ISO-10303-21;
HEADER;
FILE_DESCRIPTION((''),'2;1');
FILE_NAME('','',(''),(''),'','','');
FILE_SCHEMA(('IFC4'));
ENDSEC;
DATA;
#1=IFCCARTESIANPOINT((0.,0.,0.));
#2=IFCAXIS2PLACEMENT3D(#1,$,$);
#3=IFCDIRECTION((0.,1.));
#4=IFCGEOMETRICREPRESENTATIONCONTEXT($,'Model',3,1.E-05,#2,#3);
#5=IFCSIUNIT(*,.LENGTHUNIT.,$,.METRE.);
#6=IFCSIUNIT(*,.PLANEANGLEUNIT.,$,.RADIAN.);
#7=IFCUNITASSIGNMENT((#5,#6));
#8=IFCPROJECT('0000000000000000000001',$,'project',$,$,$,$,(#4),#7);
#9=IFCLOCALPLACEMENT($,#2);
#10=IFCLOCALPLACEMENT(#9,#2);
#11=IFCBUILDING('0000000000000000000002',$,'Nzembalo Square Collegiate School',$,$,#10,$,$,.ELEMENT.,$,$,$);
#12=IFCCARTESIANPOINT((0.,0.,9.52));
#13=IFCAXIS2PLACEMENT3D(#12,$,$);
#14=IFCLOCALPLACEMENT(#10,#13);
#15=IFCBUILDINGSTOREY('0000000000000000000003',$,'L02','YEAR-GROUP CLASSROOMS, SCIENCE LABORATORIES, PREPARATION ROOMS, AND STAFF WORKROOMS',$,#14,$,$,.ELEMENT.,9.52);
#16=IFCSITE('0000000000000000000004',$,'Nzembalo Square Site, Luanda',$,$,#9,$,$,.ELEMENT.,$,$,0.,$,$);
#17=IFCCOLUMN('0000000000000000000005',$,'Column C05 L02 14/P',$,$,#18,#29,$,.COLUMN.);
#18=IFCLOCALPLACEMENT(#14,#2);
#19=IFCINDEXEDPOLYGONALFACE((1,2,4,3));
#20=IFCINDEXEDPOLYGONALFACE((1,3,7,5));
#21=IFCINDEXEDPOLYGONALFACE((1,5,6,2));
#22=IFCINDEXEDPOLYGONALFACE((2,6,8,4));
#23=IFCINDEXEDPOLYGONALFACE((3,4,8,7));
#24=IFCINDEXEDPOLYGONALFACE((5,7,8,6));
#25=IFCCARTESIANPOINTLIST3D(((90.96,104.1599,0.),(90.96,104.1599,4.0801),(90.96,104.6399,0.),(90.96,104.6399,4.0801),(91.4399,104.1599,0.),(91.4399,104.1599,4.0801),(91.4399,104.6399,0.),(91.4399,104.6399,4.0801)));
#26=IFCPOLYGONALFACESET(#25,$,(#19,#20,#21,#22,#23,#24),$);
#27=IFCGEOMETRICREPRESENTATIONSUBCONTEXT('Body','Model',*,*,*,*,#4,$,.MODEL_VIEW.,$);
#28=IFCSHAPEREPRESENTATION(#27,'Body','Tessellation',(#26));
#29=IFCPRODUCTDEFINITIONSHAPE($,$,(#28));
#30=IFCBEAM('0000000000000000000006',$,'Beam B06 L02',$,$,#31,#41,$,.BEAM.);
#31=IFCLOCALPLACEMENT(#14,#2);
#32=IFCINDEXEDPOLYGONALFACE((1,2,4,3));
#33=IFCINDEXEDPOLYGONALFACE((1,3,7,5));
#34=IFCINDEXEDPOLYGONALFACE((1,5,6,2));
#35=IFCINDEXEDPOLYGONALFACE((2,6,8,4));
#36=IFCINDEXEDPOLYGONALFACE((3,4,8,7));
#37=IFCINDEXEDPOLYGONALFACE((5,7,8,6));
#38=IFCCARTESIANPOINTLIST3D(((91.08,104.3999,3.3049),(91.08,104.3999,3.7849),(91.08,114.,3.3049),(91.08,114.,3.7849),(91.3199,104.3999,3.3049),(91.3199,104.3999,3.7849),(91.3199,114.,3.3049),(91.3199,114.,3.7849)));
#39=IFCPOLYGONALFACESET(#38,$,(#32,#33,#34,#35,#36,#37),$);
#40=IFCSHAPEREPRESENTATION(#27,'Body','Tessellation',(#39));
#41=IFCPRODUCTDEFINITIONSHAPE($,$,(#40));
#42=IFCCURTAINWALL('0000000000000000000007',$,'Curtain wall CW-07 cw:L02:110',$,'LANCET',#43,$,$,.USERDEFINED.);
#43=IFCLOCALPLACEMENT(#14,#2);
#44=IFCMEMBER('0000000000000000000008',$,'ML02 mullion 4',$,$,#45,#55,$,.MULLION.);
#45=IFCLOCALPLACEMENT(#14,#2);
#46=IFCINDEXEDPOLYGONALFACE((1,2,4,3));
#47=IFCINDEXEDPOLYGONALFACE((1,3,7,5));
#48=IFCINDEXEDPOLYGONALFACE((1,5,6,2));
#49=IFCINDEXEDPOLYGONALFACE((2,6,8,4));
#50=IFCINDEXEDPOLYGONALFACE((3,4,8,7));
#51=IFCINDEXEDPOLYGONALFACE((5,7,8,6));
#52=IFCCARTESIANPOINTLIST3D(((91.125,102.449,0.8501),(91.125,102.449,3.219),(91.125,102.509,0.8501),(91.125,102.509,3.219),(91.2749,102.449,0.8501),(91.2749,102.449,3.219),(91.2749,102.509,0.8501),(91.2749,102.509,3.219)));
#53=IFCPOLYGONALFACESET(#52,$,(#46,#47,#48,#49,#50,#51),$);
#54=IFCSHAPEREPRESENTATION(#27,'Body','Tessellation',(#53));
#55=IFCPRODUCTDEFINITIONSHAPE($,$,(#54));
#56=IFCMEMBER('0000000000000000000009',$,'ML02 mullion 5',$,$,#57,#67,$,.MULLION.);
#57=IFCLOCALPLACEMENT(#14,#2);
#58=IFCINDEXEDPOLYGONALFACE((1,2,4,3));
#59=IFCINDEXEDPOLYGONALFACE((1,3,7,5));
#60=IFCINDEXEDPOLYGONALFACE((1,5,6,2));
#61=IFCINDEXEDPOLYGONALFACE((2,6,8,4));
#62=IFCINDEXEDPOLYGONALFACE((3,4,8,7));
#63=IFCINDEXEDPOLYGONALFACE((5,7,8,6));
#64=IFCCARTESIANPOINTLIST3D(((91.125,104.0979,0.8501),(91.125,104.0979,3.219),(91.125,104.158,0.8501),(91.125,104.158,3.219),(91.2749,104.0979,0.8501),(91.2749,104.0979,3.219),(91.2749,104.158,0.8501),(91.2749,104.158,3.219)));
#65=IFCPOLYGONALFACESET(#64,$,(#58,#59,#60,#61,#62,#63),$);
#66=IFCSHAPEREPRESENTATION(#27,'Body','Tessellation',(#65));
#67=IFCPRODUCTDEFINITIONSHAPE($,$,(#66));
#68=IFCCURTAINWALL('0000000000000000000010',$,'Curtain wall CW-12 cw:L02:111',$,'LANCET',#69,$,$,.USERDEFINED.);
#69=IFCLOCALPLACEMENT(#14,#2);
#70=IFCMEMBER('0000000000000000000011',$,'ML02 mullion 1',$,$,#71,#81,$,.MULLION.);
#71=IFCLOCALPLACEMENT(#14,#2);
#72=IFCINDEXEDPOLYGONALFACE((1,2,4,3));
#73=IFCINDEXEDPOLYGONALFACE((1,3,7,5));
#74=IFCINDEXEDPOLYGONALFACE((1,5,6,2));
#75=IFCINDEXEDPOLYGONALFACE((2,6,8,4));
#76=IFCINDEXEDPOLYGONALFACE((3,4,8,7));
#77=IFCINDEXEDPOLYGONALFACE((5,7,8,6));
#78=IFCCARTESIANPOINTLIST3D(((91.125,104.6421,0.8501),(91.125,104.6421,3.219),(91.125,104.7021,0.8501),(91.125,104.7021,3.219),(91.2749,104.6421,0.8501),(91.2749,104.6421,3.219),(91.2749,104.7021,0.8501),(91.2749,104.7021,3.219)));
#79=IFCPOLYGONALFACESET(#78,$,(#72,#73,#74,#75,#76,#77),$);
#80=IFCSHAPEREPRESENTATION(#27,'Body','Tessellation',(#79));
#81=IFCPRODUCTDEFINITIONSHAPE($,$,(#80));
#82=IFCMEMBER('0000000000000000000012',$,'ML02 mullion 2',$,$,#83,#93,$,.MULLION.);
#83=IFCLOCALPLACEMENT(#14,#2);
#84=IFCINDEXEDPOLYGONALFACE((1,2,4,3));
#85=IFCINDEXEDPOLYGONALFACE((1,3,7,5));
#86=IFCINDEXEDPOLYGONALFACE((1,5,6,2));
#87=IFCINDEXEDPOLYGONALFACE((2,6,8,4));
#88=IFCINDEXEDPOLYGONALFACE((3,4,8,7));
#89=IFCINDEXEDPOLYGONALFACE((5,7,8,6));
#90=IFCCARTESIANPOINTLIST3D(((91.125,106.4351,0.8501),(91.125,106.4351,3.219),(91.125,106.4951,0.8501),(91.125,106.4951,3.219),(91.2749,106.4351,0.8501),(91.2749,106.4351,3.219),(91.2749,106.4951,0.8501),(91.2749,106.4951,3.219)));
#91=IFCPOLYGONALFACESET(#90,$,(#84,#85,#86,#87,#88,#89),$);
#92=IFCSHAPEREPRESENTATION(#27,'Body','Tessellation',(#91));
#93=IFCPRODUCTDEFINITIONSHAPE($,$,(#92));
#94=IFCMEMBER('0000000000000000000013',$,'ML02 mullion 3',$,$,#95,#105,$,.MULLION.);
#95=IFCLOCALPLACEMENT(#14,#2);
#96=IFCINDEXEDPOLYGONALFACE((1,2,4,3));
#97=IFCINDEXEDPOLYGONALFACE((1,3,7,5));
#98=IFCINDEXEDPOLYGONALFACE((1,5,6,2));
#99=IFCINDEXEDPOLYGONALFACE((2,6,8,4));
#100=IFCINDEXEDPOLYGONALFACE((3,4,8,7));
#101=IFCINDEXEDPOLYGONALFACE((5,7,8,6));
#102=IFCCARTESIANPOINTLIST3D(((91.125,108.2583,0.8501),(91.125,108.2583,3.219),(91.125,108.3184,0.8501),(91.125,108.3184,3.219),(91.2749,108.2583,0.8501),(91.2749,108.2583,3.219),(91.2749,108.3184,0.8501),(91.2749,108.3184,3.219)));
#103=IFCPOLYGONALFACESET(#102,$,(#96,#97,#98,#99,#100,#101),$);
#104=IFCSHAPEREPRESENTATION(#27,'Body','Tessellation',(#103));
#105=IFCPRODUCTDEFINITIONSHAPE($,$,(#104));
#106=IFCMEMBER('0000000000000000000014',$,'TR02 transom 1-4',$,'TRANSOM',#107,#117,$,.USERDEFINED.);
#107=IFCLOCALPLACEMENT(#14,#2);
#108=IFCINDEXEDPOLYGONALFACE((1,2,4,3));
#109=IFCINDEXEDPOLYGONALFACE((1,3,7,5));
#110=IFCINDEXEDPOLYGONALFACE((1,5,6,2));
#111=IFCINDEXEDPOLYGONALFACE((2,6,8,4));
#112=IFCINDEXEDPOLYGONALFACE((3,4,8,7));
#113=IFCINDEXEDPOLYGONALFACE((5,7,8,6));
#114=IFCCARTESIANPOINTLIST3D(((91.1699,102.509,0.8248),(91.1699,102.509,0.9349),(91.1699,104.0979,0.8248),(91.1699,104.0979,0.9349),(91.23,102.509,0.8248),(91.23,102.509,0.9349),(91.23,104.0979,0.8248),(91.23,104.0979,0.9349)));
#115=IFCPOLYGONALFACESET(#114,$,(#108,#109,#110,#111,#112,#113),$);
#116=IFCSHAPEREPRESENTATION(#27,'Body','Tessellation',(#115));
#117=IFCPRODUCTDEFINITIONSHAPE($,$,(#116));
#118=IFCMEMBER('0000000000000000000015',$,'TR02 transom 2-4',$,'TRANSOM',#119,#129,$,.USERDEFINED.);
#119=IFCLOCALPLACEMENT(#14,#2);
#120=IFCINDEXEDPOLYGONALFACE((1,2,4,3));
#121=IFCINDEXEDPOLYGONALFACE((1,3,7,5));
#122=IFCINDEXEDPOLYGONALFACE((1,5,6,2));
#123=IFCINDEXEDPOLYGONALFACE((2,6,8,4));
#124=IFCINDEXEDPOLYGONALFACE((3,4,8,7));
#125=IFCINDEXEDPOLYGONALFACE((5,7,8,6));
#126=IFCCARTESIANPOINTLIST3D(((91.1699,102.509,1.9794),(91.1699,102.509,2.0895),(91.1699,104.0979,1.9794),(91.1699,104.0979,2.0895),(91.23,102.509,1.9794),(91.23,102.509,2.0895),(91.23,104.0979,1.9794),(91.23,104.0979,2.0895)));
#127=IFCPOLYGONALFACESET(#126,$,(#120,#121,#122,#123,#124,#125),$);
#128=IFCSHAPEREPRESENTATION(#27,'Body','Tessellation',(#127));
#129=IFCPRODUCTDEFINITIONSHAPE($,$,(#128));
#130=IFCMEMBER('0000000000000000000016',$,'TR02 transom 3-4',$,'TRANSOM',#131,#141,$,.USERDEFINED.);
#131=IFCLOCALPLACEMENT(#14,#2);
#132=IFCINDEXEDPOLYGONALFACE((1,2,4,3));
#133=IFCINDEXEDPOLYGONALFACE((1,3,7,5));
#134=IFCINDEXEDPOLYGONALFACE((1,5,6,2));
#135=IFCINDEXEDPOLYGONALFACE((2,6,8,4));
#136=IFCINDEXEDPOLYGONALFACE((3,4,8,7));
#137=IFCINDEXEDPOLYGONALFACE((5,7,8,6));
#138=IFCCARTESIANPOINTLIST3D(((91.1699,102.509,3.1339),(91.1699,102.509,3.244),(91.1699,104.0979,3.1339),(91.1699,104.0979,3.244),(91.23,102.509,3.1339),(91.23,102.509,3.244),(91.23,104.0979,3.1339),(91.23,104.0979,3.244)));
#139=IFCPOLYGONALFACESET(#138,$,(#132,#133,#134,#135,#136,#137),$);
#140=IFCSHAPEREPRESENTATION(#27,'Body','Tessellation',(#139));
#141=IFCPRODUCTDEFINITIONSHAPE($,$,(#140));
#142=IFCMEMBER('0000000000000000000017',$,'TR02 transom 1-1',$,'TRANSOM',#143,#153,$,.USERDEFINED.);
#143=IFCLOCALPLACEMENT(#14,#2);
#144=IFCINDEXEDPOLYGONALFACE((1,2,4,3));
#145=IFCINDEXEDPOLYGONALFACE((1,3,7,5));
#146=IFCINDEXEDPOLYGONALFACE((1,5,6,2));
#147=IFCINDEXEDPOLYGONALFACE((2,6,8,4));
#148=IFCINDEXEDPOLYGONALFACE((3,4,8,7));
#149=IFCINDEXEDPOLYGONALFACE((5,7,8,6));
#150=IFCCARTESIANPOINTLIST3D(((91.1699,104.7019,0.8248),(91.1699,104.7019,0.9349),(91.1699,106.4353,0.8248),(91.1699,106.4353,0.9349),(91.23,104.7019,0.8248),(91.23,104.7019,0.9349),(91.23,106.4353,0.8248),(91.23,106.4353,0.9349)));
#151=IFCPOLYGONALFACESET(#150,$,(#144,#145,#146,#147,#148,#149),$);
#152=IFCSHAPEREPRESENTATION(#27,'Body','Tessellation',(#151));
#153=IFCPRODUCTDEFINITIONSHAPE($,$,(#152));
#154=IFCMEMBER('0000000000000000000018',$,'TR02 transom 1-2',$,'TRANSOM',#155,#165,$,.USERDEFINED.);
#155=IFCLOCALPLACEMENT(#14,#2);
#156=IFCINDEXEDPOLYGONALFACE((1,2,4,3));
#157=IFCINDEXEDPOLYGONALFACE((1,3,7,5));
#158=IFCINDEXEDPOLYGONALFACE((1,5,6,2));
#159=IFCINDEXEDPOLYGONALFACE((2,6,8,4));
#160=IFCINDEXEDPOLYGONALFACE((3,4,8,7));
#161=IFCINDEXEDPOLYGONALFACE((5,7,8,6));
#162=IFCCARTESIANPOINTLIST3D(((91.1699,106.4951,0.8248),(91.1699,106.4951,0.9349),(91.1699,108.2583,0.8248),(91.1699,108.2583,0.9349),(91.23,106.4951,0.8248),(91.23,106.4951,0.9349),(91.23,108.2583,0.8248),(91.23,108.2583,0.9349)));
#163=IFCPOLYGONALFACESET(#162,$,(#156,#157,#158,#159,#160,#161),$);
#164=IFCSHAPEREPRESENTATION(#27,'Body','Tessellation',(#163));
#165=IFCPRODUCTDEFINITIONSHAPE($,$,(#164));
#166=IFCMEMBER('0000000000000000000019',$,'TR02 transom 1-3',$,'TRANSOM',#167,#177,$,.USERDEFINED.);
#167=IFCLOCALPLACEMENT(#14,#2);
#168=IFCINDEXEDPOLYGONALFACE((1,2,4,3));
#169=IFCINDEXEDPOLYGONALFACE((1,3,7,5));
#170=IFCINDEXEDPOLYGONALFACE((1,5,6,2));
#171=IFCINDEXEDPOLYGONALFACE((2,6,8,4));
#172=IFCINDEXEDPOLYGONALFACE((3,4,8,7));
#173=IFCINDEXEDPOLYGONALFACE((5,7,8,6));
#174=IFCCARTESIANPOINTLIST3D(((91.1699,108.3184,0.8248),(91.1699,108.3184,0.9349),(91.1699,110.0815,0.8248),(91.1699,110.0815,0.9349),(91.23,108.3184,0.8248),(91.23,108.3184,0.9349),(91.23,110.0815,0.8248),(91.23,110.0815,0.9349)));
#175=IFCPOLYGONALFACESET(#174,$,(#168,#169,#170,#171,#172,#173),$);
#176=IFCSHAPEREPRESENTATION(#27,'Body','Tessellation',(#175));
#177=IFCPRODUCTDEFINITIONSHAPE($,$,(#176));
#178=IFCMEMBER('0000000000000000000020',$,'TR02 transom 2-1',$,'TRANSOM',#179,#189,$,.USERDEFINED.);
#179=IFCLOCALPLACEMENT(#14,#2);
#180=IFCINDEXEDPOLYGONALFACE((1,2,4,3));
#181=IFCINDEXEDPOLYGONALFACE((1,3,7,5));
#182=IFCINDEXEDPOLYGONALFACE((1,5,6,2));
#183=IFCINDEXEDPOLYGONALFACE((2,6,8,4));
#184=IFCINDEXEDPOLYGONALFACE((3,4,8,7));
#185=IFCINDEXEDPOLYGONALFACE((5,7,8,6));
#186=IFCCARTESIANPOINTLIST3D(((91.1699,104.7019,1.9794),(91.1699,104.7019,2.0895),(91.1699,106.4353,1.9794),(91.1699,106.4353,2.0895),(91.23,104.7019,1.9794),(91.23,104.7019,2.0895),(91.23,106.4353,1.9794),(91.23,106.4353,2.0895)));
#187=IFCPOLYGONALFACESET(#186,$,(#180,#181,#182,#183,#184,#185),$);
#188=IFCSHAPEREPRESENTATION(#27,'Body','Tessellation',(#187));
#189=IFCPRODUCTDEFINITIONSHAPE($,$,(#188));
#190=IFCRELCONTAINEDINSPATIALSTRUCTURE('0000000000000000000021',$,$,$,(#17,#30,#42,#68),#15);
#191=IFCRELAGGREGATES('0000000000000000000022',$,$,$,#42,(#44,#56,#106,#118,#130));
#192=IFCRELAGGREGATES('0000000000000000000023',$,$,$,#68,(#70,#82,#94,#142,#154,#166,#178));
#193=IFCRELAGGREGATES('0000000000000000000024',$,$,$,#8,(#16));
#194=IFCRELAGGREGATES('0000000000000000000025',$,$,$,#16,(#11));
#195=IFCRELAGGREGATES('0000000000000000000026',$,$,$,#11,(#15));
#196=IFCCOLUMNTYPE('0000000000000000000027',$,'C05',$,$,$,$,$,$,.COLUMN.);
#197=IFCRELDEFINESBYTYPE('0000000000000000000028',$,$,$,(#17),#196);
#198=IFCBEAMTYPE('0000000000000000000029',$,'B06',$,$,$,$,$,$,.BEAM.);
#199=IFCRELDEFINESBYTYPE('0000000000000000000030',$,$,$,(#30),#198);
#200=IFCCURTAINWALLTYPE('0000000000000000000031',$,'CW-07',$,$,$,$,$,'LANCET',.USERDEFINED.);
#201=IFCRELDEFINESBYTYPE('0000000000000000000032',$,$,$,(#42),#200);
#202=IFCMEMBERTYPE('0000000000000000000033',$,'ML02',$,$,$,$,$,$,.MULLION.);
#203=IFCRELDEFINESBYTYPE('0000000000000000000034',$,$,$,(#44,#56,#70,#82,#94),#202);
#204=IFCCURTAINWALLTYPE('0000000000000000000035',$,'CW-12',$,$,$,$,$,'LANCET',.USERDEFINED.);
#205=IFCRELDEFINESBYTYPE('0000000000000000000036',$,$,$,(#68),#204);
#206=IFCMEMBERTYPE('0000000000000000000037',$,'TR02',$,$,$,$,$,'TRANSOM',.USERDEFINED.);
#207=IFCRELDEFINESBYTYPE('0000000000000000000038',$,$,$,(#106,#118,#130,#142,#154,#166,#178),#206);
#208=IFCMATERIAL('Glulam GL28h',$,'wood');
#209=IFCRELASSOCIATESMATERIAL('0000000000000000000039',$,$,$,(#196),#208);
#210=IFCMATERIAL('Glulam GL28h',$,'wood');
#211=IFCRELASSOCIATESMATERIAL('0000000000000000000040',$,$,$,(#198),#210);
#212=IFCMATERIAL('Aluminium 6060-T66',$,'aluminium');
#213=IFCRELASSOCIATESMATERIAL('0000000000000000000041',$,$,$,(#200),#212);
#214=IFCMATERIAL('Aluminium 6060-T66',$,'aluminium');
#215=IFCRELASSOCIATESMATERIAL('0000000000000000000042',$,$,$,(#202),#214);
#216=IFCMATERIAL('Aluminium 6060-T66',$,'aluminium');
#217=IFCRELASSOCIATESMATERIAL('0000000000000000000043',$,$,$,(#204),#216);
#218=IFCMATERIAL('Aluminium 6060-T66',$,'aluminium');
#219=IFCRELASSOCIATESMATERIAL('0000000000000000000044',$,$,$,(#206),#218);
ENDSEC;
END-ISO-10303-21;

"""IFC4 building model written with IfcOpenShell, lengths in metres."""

from ifc_helpers import new_model, si_unit, direction, frame, origin, origin_2d, place, context, subcontext, project, spatial, rectangle, extrude, material, material_profile, profile_set, type_object, element, aggregate, save


model = new_model("IFC4")

# Units and contexts
model_context = context("Model", 3, precision=1e-05, world=origin(), true_north=direction((0.0, 1.0)))
body_context = subcontext(model_context, "Body", "Model", "MODEL_VIEW")
ifc_project = project(units=[si_unit("LENGTHUNIT", "METRE"), si_unit("PLANEANGLEUNIT", "RADIAN")], contexts=[model_context])

# Site, building, storey
site_placement = place(None, origin())
site = spatial("IfcSite", under=ifc_project, at=site_placement, Name="Nzembalo Square Site, Luanda", CompositionType="ELEMENT", RefElevation=0.0)
building_placement = place(site_placement, origin())
building = spatial("IfcBuilding", under=site, at=building_placement, Name="Nzembalo Square Collegiate School", CompositionType="ELEMENT")
storey_placement = place(building_placement, frame((0.0, 0.0, 9.52)))
storey = spatial("IfcBuildingStorey", under=building, at=storey_placement, Name="L02", Description="YEAR-GROUP CLASSROOMS, SCIENCE LABORATORIES, PREPARATION ROOMS, AND STAFF WORKROOMS", CompositionType="ELEMENT", Elevation=9.52)

# Column
ifc_material_1 = material(Name="Glulam GL28h", Category="wood")
ifc_material_profile_1 = material_profile(ifc_material_1, rectangle(XDim=0.48, YDim=0.48, at=origin_2d()), Name="GL28h 480x480")
ifc_profile_set_1 = profile_set([ifc_material_profile_1], Name="Glulam GL28h")
column_type = type_object("IfcColumnType", Name="C05", PredefinedType="COLUMN", material=ifc_profile_set_1)
column_placement = place(storey_placement, frame((91.2, 104.3999, 0.0), z_axis=(0.0, 0.0, 1.0), x_axis=(1.0, 0.0, 0.0)))
element("IfcColumn", 1, at=column_placement, inside=storey, type_object=column_type, Name="Column C05 L02 14/P", PredefinedType="COLUMN", context=body_context, shape_type="SweptSolid", body=[
    extrude(rectangle(XDim=0.48, YDim=0.48, at=origin_2d()), origin(), (0.0, 0.0, 1.0), 4.0801),
])

# Beam
ifc_material_2 = material(Name="Glulam GL28h", Category="wood")
ifc_material_profile_2 = material_profile(ifc_material_2, rectangle(XDim=0.24, YDim=0.48, at=origin_2d()), Name="GL28h 240x480")
ifc_profile_set_2 = profile_set([ifc_material_profile_2], Name="Glulam GL28h")
beam_type = type_object("IfcBeamType", Name="B06", PredefinedType="BEAM", material=ifc_profile_set_2)
beam_placement = place(storey_placement, frame((91.2, 104.3999, 3.5449), z_axis=(0.0, 1.0, 0.0), x_axis=(-1.0, 0.0, 0.0)))
element("IfcBeam", 2, at=beam_placement, inside=storey, type_object=beam_type, Name="Beam B06 L02", PredefinedType="BEAM", context=body_context, shape_type="SweptSolid", body=[
    extrude(rectangle(XDim=0.24, YDim=0.48, at=origin_2d()), origin(), (0.0, 0.0, 1.0), 9.6001),
])

# Curtain walls, members
ifc_material_3 = material(Name="Aluminium 6060-T66", Category="aluminium")
curtain_wall_type_1 = type_object("IfcCurtainWallType", Name="CW-07", ElementType="LANCET", PredefinedType="USERDEFINED", material=ifc_material_3)
curtain_wall_1_placement = place(storey_placement, origin())
curtain_wall_1 = element("IfcCurtainWall", 3, at=curtain_wall_1_placement, inside=storey, type_object=curtain_wall_type_1, Name="Curtain wall CW-07 cw:L02:110", ObjectType="LANCET", PredefinedType="USERDEFINED")
ifc_material_4 = material(Name="Aluminium 6060-T66", Category="aluminium")
ifc_material_profile_3 = material_profile(ifc_material_4, rectangle(XDim=0.0601, YDim=0.1499, at=origin_2d()), Name="ALU M60x150")
ifc_profile_set_3 = profile_set([ifc_material_profile_3], Name="Aluminium 6060-T66")
member_type_1 = type_object("IfcMemberType", Name="ML02", PredefinedType="MULLION", material=ifc_profile_set_3)
member_1_placement = place(storey_placement, frame((91.2, 102.479, 0.8501), z_axis=(0.0, 0.0, 1.0), x_axis=(0.0, 1.0, 0.0)))
member_1 = element("IfcMember", 4, at=member_1_placement, type_object=member_type_1, Name="ML02 mullion 4", PredefinedType="MULLION", context=body_context, shape_type="SweptSolid", body=[
    extrude(rectangle(XDim=0.0601, YDim=0.1499, at=origin_2d()), origin(), (0.0, 0.0, 1.0), 2.3689),
])
member_2_placement = place(storey_placement, frame((91.2, 104.1279, 0.8501), z_axis=(0.0, 0.0, 1.0), x_axis=(0.0, 1.0, 0.0)))
member_2 = element("IfcMember", 5, at=member_2_placement, type_object=member_type_1, Name="ML02 mullion 5", PredefinedType="MULLION", context=body_context, shape_type="SweptSolid", body=[
    extrude(rectangle(XDim=0.0601, YDim=0.1499, at=origin_2d()), origin(), (0.0, 0.0, 1.0), 2.3689),
])
ifc_material_5 = material(Name="Aluminium 6060-T66", Category="aluminium")
curtain_wall_type_2 = type_object("IfcCurtainWallType", Name="CW-12", ElementType="LANCET", PredefinedType="USERDEFINED", material=ifc_material_5)
curtain_wall_2_placement = place(storey_placement, origin())
curtain_wall_2 = element("IfcCurtainWall", 6, at=curtain_wall_2_placement, inside=storey, type_object=curtain_wall_type_2, Name="Curtain wall CW-12 cw:L02:111", ObjectType="LANCET", PredefinedType="USERDEFINED")
member_3_placement = place(storey_placement, frame((91.2, 104.6721, 0.8501), z_axis=(0.0, 0.0, 1.0), x_axis=(0.0, 1.0, 0.0)))
member_3 = element("IfcMember", 7, at=member_3_placement, type_object=member_type_1, Name="ML02 mullion 1", PredefinedType="MULLION", context=body_context, shape_type="SweptSolid", body=[
    extrude(rectangle(XDim=0.0601, YDim=0.1499, at=origin_2d()), origin(), (0.0, 0.0, 1.0), 2.3689),
])
member_4_placement = place(storey_placement, frame((91.2, 106.4651, 0.8501), z_axis=(0.0, 0.0, 1.0), x_axis=(0.0, 1.0, 0.0)))
member_4 = element("IfcMember", 8, at=member_4_placement, type_object=member_type_1, Name="ML02 mullion 2", PredefinedType="MULLION", context=body_context, shape_type="SweptSolid", body=[
    extrude(rectangle(XDim=0.0601, YDim=0.1499, at=origin_2d()), origin(), (0.0, 0.0, 1.0), 2.3689),
])
member_5_placement = place(storey_placement, frame((91.2, 108.2883, 0.8501), z_axis=(0.0, 0.0, 1.0), x_axis=(0.0, 1.0, 0.0)))
member_5 = element("IfcMember", 9, at=member_5_placement, type_object=member_type_1, Name="ML02 mullion 3", PredefinedType="MULLION", context=body_context, shape_type="SweptSolid", body=[
    extrude(rectangle(XDim=0.0601, YDim=0.1499, at=origin_2d()), origin(), (0.0, 0.0, 1.0), 2.3689),
])

# Members
ifc_material_6 = material(Name="Aluminium 6060-T66", Category="aluminium")
ifc_material_profile_4 = material_profile(ifc_material_6, rectangle(XDim=0.0601, YDim=0.1101, at=origin_2d()), Name="ALU T60x110")
ifc_profile_set_4 = profile_set([ifc_material_profile_4], Name="Aluminium 6060-T66")
member_type_2 = type_object("IfcMemberType", Name="TR02", ElementType="TRANSOM", PredefinedType="USERDEFINED", material=ifc_profile_set_4)
member_6_placement = place(storey_placement, frame((91.2, 102.509, 0.8799), z_axis=(0.0, 1.0, 0.0), x_axis=(-1.0, 0.0, 0.0)))
member_6 = element("IfcMember", 10, at=member_6_placement, type_object=member_type_2, Name="TR02 transom 1-4", ObjectType="TRANSOM", PredefinedType="USERDEFINED", context=body_context, shape_type="SweptSolid", body=[
    extrude(rectangle(XDim=0.0601, YDim=0.1101, at=origin_2d()), origin(), (0.0, 0.0, 1.0), 1.5889),
])
member_7_placement = place(storey_placement, frame((91.2, 102.509, 2.0344), z_axis=(0.0, 1.0, 0.0), x_axis=(-1.0, 0.0, 0.0)))
member_7 = element("IfcMember", 11, at=member_7_placement, type_object=member_type_2, Name="TR02 transom 2-4", ObjectType="TRANSOM", PredefinedType="USERDEFINED", context=body_context, shape_type="SweptSolid", body=[
    extrude(rectangle(XDim=0.0601, YDim=0.1101, at=origin_2d()), origin(), (0.0, 0.0, 1.0), 1.5889),
])
member_8_placement = place(storey_placement, frame((91.2, 102.509, 3.189), z_axis=(0.0, 1.0, 0.0), x_axis=(-1.0, 0.0, 0.0)))
member_8 = element("IfcMember", 12, at=member_8_placement, type_object=member_type_2, Name="TR02 transom 3-4", ObjectType="TRANSOM", PredefinedType="USERDEFINED", context=body_context, shape_type="SweptSolid", body=[
    extrude(rectangle(XDim=0.0601, YDim=0.1101, at=origin_2d()), origin(), (0.0, 0.0, 1.0), 1.5889),
])
member_9_placement = place(storey_placement, frame((91.2, 104.7019, 0.8799), z_axis=(0.0, 1.0, 0.0), x_axis=(-1.0, 0.0, 0.0)))
member_9 = element("IfcMember", 13, at=member_9_placement, type_object=member_type_2, Name="TR02 transom 1-1", ObjectType="TRANSOM", PredefinedType="USERDEFINED", context=body_context, shape_type="SweptSolid", body=[
    extrude(rectangle(XDim=0.0601, YDim=0.1101, at=origin_2d()), origin(), (0.0, 0.0, 1.0), 1.7334),
])
member_10_placement = place(storey_placement, frame((91.2, 106.4951, 0.8799), z_axis=(0.0, 1.0, 0.0), x_axis=(-1.0, 0.0, 0.0)))
member_10 = element("IfcMember", 14, at=member_10_placement, type_object=member_type_2, Name="TR02 transom 1-2", ObjectType="TRANSOM", PredefinedType="USERDEFINED", context=body_context, shape_type="SweptSolid", body=[
    extrude(rectangle(XDim=0.0601, YDim=0.1101, at=origin_2d()), origin(), (0.0, 0.0, 1.0), 1.7632),
])
member_11_placement = place(storey_placement, frame((91.2, 108.3184, 0.8799), z_axis=(0.0, 1.0, 0.0), x_axis=(-1.0, 0.0, 0.0)))
member_11 = element("IfcMember", 15, at=member_11_placement, type_object=member_type_2, Name="TR02 transom 1-3", ObjectType="TRANSOM", PredefinedType="USERDEFINED", context=body_context, shape_type="SweptSolid", body=[
    extrude(rectangle(XDim=0.0601, YDim=0.1101, at=origin_2d()), origin(), (0.0, 0.0, 1.0), 1.7632),
])
member_12_placement = place(storey_placement, frame((91.2, 104.7019, 2.0344), z_axis=(0.0, 1.0, 0.0), x_axis=(-1.0, 0.0, 0.0)))
member_12 = element("IfcMember", 16, at=member_12_placement, type_object=member_type_2, Name="TR02 transom 2-1", ObjectType="TRANSOM", PredefinedType="USERDEFINED", context=body_context, shape_type="SweptSolid", body=[
    extrude(rectangle(XDim=0.0601, YDim=0.1101, at=origin_2d()), origin(), (0.0, 0.0, 1.0), 1.7334),
])

aggregate(curtain_wall_1, [member_1, member_2, member_6, member_7, member_8])
aggregate(curtain_wall_2, [member_3, member_4, member_5, member_9, member_10, member_11, member_12])

save(model, "model.ifc")
